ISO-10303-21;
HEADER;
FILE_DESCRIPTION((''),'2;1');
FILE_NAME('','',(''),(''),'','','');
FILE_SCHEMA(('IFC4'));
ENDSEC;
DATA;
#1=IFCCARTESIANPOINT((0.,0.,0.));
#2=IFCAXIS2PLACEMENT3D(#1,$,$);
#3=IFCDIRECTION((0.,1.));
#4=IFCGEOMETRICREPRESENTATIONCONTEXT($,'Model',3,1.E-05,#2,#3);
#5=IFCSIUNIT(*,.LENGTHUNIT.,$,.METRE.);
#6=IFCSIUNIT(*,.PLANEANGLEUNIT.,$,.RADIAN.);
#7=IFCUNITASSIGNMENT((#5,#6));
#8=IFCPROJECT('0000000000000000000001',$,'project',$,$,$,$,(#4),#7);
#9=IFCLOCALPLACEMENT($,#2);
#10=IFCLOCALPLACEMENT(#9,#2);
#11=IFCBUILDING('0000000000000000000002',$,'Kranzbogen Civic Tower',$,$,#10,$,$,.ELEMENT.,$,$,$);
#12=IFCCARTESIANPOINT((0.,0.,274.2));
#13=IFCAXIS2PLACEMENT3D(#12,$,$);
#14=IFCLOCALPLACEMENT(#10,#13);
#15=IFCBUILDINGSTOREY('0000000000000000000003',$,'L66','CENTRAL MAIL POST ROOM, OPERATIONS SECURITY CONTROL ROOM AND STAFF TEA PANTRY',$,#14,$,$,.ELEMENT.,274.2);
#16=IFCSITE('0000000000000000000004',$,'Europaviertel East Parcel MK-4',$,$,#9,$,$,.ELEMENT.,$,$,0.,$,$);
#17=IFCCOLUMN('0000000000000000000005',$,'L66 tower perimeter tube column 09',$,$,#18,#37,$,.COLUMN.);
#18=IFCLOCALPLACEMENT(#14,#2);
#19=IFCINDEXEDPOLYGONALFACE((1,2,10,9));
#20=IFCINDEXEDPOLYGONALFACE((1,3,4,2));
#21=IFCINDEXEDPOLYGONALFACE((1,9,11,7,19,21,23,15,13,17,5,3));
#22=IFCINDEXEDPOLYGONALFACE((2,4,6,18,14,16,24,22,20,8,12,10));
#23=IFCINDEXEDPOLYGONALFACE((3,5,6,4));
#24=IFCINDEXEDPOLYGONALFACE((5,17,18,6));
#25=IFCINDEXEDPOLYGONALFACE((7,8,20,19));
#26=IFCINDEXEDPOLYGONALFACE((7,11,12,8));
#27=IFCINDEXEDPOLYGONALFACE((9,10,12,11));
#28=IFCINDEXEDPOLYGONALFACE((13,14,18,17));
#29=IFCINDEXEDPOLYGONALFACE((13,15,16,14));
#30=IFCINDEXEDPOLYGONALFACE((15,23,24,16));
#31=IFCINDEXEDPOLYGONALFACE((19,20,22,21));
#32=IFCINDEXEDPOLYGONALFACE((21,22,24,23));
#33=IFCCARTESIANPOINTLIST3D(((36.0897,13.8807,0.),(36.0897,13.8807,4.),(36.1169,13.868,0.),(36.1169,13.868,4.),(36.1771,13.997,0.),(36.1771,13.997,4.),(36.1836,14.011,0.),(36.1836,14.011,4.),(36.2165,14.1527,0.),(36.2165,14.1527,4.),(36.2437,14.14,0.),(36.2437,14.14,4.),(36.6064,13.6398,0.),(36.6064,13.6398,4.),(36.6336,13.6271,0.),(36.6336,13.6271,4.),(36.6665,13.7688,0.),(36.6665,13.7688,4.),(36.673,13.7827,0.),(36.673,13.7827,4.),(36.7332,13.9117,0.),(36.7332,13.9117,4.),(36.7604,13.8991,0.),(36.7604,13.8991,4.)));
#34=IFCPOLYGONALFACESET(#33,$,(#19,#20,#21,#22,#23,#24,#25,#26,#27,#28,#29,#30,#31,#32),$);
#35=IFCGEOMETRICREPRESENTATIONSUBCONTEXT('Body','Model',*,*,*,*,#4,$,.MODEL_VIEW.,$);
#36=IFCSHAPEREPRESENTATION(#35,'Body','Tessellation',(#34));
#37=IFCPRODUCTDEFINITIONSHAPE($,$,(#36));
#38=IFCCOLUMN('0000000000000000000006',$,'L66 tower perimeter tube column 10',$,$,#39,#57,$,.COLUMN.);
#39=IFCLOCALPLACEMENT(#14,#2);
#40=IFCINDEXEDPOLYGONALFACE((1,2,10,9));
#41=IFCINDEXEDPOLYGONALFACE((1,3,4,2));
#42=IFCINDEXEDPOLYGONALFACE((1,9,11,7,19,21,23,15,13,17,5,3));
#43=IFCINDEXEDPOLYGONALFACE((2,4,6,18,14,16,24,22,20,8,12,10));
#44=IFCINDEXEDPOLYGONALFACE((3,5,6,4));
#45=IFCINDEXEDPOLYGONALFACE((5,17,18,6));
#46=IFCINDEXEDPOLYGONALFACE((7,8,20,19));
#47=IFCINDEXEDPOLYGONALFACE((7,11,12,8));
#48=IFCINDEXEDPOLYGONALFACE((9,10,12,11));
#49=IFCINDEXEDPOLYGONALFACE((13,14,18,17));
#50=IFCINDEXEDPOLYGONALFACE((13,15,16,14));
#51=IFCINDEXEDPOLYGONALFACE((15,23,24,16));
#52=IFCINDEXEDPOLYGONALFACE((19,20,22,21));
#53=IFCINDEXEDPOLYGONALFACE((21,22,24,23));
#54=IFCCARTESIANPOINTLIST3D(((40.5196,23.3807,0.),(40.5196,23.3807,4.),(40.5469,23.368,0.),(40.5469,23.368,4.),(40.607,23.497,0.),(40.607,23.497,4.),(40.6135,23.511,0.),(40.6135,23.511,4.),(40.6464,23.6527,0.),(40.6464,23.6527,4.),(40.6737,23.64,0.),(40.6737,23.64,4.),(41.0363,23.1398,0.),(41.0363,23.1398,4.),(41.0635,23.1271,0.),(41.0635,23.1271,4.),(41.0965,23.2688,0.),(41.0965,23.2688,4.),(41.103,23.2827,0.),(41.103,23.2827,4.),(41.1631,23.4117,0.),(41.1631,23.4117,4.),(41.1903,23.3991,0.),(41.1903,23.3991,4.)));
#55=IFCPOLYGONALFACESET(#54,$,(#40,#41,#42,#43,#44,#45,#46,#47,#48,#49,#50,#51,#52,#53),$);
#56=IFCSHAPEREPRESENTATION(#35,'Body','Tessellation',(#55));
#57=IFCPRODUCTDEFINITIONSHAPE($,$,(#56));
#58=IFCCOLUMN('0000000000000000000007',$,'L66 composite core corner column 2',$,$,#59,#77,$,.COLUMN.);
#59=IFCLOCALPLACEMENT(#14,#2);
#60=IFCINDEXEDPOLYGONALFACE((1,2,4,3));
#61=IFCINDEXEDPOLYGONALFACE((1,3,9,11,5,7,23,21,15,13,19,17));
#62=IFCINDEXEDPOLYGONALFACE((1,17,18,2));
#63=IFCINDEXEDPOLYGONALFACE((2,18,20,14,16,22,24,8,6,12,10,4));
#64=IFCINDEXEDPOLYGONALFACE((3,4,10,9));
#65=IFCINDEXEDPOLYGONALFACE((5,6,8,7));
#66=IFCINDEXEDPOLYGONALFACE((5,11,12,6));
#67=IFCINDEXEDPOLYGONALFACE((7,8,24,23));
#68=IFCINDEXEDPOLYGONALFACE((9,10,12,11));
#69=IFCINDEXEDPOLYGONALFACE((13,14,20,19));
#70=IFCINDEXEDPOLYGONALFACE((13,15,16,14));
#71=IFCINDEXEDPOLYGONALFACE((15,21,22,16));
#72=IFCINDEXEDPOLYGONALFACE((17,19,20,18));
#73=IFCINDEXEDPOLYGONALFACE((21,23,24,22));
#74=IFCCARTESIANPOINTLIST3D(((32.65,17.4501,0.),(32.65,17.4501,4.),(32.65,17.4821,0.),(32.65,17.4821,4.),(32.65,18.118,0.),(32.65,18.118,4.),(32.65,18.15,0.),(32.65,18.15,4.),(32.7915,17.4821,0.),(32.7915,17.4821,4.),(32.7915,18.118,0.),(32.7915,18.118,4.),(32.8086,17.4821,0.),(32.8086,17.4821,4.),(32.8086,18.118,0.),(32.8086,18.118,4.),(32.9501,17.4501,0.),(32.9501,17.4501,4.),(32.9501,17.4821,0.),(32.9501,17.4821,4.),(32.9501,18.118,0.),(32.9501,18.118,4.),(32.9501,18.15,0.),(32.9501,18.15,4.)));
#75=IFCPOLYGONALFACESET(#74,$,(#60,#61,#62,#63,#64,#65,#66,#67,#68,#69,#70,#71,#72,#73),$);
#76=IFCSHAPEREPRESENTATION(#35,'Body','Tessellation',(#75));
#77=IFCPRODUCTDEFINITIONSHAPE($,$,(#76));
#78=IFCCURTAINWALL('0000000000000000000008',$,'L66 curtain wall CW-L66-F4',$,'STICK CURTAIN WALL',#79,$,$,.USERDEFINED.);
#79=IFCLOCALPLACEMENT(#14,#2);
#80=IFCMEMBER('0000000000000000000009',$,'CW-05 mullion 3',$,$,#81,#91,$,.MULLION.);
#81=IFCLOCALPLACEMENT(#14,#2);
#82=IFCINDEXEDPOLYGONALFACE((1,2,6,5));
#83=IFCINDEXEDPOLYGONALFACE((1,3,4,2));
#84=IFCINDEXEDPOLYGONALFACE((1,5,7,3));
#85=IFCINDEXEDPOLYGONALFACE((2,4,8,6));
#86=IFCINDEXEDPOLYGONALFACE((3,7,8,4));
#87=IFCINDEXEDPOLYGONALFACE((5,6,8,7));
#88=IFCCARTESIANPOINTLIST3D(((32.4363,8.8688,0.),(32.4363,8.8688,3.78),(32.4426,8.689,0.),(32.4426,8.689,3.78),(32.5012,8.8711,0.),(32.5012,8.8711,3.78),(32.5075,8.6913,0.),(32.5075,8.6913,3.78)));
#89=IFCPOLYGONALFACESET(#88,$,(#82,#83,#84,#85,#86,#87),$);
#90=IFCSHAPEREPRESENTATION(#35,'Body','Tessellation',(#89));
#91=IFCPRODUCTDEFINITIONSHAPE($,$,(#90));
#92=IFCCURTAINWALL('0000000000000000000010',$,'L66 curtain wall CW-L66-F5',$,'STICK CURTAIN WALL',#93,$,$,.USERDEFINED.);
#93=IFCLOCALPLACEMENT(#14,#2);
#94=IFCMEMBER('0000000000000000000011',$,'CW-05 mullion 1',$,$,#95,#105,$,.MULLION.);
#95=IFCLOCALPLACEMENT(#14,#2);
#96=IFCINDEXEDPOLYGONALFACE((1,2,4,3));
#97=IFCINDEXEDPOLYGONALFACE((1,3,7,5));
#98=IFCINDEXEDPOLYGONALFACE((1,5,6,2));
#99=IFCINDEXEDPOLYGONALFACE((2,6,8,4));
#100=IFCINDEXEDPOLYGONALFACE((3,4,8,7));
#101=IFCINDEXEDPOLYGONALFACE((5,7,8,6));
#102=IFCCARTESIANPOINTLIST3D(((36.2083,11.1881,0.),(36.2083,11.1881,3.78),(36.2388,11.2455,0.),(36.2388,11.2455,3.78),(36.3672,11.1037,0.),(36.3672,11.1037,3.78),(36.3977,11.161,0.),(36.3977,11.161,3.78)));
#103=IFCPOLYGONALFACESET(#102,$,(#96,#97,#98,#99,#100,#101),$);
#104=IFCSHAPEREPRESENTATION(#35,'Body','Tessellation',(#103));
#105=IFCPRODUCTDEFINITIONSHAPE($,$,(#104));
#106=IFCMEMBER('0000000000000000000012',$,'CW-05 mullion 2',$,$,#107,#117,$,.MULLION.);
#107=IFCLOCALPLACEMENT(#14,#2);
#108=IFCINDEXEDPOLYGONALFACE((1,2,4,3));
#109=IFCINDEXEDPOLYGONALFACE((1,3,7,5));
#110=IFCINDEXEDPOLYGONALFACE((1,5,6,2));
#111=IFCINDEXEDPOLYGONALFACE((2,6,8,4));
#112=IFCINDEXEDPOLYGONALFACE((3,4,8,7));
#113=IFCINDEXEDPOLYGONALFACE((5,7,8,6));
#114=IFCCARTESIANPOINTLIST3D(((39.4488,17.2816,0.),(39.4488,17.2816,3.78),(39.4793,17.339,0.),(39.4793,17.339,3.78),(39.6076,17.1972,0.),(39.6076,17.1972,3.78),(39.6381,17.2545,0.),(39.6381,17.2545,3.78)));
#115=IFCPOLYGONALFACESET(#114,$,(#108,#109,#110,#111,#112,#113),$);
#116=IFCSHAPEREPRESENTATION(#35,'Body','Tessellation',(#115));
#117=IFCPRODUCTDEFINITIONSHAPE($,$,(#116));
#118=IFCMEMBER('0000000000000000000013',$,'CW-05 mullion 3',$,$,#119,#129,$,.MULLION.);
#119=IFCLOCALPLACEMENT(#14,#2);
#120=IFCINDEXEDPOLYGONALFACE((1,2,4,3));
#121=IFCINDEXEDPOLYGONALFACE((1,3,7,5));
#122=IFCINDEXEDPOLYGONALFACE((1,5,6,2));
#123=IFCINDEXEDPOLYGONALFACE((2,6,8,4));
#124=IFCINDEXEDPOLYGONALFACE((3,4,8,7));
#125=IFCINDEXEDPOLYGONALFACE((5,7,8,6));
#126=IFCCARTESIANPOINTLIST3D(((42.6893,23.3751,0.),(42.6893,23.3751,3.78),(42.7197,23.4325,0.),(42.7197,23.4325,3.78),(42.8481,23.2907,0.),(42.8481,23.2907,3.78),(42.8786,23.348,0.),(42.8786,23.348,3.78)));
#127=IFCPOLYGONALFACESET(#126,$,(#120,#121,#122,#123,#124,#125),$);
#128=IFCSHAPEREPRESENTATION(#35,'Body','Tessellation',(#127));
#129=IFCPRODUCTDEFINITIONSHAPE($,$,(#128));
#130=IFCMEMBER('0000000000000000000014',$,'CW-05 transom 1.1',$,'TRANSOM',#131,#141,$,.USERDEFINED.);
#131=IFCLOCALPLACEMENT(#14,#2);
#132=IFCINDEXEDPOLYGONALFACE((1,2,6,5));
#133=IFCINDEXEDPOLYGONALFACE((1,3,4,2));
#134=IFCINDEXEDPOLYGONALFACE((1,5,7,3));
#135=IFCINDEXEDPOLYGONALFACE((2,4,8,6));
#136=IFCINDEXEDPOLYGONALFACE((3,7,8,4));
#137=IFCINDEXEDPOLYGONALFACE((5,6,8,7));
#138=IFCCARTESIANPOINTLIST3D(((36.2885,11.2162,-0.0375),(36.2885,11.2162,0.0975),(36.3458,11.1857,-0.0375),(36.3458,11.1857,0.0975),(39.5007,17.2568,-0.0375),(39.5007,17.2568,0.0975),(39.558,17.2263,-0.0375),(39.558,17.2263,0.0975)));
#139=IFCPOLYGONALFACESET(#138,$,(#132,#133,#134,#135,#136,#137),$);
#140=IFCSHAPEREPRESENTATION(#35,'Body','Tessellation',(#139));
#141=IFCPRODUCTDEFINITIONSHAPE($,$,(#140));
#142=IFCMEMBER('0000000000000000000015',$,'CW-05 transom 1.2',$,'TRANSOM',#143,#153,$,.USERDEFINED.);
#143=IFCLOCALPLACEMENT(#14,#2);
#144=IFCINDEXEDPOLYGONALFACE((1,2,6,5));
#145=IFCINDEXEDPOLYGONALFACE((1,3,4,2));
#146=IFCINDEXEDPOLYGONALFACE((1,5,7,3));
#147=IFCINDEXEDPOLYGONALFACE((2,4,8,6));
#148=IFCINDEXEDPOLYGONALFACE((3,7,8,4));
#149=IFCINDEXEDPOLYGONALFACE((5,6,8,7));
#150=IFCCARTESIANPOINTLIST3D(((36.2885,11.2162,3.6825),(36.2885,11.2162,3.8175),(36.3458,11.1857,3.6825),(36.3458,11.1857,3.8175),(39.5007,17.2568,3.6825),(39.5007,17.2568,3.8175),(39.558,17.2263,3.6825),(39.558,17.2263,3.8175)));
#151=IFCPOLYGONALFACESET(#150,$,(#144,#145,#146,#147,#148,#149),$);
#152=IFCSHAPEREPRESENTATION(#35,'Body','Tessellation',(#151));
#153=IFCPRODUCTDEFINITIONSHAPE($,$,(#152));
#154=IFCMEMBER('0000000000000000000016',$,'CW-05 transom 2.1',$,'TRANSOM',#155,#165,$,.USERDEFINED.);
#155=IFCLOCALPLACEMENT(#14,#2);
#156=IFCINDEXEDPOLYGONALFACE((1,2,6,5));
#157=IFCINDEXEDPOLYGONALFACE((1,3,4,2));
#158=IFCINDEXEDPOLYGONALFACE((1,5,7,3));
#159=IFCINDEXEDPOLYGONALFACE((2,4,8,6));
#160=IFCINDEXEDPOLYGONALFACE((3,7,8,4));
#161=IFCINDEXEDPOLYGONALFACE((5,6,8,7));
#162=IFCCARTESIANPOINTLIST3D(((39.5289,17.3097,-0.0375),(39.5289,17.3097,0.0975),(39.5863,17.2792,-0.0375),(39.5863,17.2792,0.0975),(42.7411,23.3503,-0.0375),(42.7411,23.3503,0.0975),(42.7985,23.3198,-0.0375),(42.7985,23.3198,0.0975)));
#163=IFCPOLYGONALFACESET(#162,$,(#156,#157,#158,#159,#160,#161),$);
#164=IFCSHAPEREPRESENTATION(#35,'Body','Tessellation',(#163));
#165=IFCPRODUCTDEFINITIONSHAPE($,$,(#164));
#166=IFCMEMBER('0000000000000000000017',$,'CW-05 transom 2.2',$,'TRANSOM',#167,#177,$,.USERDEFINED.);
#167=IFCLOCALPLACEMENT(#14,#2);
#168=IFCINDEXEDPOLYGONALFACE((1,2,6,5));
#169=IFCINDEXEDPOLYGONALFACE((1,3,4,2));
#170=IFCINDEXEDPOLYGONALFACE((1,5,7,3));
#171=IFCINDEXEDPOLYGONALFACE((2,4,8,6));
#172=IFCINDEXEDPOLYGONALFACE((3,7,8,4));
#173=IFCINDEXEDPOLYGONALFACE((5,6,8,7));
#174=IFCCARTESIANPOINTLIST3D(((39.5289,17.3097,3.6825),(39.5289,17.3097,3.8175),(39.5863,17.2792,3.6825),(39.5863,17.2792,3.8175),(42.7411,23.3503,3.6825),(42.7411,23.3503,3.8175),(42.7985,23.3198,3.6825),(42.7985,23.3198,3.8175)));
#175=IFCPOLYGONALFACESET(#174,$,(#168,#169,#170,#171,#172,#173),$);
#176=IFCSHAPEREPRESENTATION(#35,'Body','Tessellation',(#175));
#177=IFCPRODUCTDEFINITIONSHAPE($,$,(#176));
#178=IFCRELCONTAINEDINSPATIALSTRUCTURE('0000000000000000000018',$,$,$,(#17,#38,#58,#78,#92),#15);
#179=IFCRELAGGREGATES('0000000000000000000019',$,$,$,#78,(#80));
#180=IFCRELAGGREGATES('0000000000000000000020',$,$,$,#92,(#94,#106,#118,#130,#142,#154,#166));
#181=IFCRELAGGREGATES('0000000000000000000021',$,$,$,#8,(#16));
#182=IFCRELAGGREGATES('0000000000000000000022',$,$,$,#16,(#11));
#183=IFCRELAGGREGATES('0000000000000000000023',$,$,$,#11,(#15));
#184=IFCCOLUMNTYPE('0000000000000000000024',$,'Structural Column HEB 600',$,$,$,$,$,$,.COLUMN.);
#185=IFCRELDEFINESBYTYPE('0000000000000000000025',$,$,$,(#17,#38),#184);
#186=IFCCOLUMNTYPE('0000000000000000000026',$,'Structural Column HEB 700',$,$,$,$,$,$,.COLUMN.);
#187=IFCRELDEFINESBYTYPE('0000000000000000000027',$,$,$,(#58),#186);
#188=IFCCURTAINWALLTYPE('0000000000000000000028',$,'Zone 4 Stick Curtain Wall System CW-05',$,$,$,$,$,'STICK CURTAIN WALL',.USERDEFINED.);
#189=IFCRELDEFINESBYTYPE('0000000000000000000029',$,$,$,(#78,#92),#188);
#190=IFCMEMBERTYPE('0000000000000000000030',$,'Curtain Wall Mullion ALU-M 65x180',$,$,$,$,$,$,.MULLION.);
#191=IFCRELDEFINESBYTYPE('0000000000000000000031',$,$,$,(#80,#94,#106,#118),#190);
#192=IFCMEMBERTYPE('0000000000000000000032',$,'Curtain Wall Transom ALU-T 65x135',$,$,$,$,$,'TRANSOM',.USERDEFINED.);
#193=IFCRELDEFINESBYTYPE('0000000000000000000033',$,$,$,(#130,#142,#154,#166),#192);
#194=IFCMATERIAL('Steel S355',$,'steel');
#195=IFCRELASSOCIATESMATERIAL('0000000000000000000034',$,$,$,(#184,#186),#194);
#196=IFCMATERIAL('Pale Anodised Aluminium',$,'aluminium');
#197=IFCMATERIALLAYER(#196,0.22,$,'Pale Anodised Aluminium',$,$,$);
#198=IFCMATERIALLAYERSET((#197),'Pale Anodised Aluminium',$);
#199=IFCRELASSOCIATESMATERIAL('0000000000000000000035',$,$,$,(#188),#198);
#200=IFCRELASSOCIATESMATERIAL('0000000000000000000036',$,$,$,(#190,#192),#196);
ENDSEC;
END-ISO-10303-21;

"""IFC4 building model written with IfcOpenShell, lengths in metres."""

from ifc_helpers import new_model, si_unit, direction, frame, origin, origin_2d, place, context, subcontext, project, spatial, rectangle, i_section, extrude, material, layer, layer_set, material_profile, profile_set, type_object, element, aggregate, save


model = new_model("IFC4")

# Units and contexts
model_context = context("Model", 3, precision=1e-05, world=origin(), true_north=direction((0.0, 1.0)))
body_context = subcontext(model_context, "Body", "Model", "MODEL_VIEW")
ifc_project = project(units=[si_unit("LENGTHUNIT", "METRE"), si_unit("PLANEANGLEUNIT", "RADIAN")], contexts=[model_context])

# Site, building, storey
site_placement = place(None, origin())
site = spatial("IfcSite", under=ifc_project, at=site_placement, Name="Europaviertel East Parcel MK-4", CompositionType="ELEMENT", RefElevation=0.0)
building_placement = place(site_placement, origin())
building = spatial("IfcBuilding", under=site, at=building_placement, Name="Kranzbogen Civic Tower", CompositionType="ELEMENT")
storey_placement = place(building_placement, frame((0.0, 0.0, 274.2)))
storey = spatial("IfcBuildingStorey", under=building, at=storey_placement, Name="L66", Description="CENTRAL MAIL POST ROOM, OPERATIONS SECURITY CONTROL ROOM AND STAFF TEA PANTRY", CompositionType="ELEMENT", Elevation=274.2)

# Columns
ifc_material_1 = material(Name="Steel S355", Category="steel")
ifc_material_profile_1 = material_profile(ifc_material_1, i_section(OverallWidth=0.3, OverallDepth=0.6001, WebThickness=0.0154, FlangeThickness=0.03, at=origin_2d()), Name="HEB 600")
ifc_profile_set_1 = profile_set([ifc_material_profile_1], Name="Steel S355")
column_type_1 = type_object("IfcColumnType", Name="Structural Column HEB 600", PredefinedType="COLUMN", material=ifc_profile_set_1)
for number, where, z_axis, x_axis, name in (
    (1, (36.425, 13.8899, 0.0), (0.0, 0.0, 1.0), (0.422618, 0.906308, 0.0), "L66 tower perimeter tube column 09"),
    (2, (40.855, 23.3899, 0.0), (0.0, 0.0, 1.0), (0.422618, 0.906308, 0.0), "L66 tower perimeter tube column 10"),
):
    element("IfcColumn", number, at=place(storey_placement, frame(where, z_axis=z_axis, x_axis=x_axis)), inside=storey, type_object=column_type_1, Name=name, PredefinedType="COLUMN", context=body_context, shape_type="SweptSolid", body=[
        extrude(i_section(OverallWidth=0.3, OverallDepth=0.6001, WebThickness=0.0154, FlangeThickness=0.03, at=origin_2d()), origin(), (0.0, 0.0, 1.0), 4.0),
    ])
ifc_material_profile_2 = material_profile(ifc_material_1, i_section(OverallWidth=0.3, OverallDepth=0.7, WebThickness=0.0171, FlangeThickness=0.032, at=origin_2d()), Name="HEB 700")
ifc_profile_set_2 = profile_set([ifc_material_profile_2], Name="Steel S355")
column_type_2 = type_object("IfcColumnType", Name="Structural Column HEB 700", PredefinedType="COLUMN", material=ifc_profile_set_2)
column_placement = place(storey_placement, frame((32.8, 17.8, 0.0), z_axis=(0.0, 0.0, 1.0), x_axis=(1.0, 0.0, 0.0)))
element("IfcColumn", 3, at=column_placement, inside=storey, type_object=column_type_2, Name="L66 composite core corner column 2", PredefinedType="COLUMN", context=body_context, shape_type="SweptSolid", body=[
    extrude(i_section(OverallWidth=0.3, OverallDepth=0.7, WebThickness=0.0171, FlangeThickness=0.032, at=origin_2d()), origin(), (0.0, 0.0, 1.0), 4.0),
])

# Curtain wall, member
ifc_material_2 = material(Name="Pale Anodised Aluminium", Category="aluminium")
ifc_layer_1 = layer(ifc_material_2, 0.22, Name="Pale Anodised Aluminium")
ifc_layer_set_1 = layer_set([ifc_layer_1], Name="Pale Anodised Aluminium")
curtain_wall_type = type_object("IfcCurtainWallType", Name="Zone 4 Stick Curtain Wall System CW-05", ElementType="STICK CURTAIN WALL", PredefinedType="USERDEFINED", material=ifc_layer_set_1)
curtain_wall_1_placement = place(storey_placement, origin())
curtain_wall_1 = element("IfcCurtainWall", 4, at=curtain_wall_1_placement, inside=storey, type_object=curtain_wall_type, Name="L66 curtain wall CW-L66-F4", ObjectType="STICK CURTAIN WALL", PredefinedType="USERDEFINED")
ifc_material_profile_3 = material_profile(ifc_material_2, rectangle(XDim=0.0649, YDim=0.1799, at=origin_2d()), Name="ALU-M 65x180")
ifc_profile_set_3 = profile_set([ifc_material_profile_3], Name="Pale Anodised Aluminium")
member_type_1 = type_object("IfcMemberType", Name="Curtain Wall Mullion ALU-M 65x180", PredefinedType="MULLION", material=ifc_profile_set_3)
member_1_placement = place(storey_placement, frame((32.4719, 8.78, 0.0), z_axis=(0.0, 0.0, 1.0), x_axis=(0.99939, 0.034914, 0.0)))
member_1 = element("IfcMember", 5, at=member_1_placement, type_object=member_type_1, Name="CW-05 mullion 3", PredefinedType="MULLION", context=body_context, shape_type="SweptSolid", body=[
    extrude(rectangle(XDim=0.0649, YDim=0.1799, at=origin_2d()), origin(), (0.0, 0.0, 1.0), 3.78),
])
aggregate(curtain_wall_1, [member_1])

# Curtain wall, members
curtain_wall_2_placement = place(storey_placement, origin())
curtain_wall_2 = element("IfcCurtainWall", 6, at=curtain_wall_2_placement, inside=storey, type_object=curtain_wall_type, Name="L66 curtain wall CW-L66-F5", ObjectType="STICK CURTAIN WALL", PredefinedType="USERDEFINED")
member_2_placement = place(storey_placement, frame((36.303, 11.1746, 0.0), z_axis=(0.0, 0.0, 1.0), x_axis=(0.469521, 0.882921, 0.0)))
member_2 = element("IfcMember", 7, at=member_2_placement, type_object=member_type_1, Name="CW-05 mullion 1", PredefinedType="MULLION", context=body_context, shape_type="SweptSolid", body=[
    extrude(rectangle(XDim=0.0649, YDim=0.1799, at=origin_2d()), origin(), (0.0, 0.0, 1.0), 3.78),
])
member_3_placement = place(storey_placement, frame((39.5435, 17.2681, 0.0), z_axis=(0.0, 0.0, 1.0), x_axis=(0.469521, 0.882921, 0.0)))
member_3 = element("IfcMember", 8, at=member_3_placement, type_object=member_type_1, Name="CW-05 mullion 2", PredefinedType="MULLION", context=body_context, shape_type="SweptSolid", body=[
    extrude(rectangle(XDim=0.0649, YDim=0.1799, at=origin_2d()), origin(), (0.0, 0.0, 1.0), 3.78),
])
member_4_placement = place(storey_placement, frame((42.7839, 23.3616, 0.0), z_axis=(0.0, 0.0, 1.0), x_axis=(0.469521, 0.882921, 0.0)))
member_4 = element("IfcMember", 9, at=member_4_placement, type_object=member_type_1, Name="CW-05 mullion 3", PredefinedType="MULLION", context=body_context, shape_type="SweptSolid", body=[
    extrude(rectangle(XDim=0.0649, YDim=0.1799, at=origin_2d()), origin(), (0.0, 0.0, 1.0), 3.78),
])
ifc_material_profile_4 = material_profile(ifc_material_2, rectangle(XDim=0.0649, YDim=0.135, at=origin_2d()), Name="ALU-T 65x135")
ifc_profile_set_4 = profile_set([ifc_material_profile_4], Name="Pale Anodised Aluminium")
member_type_2 = type_object("IfcMemberType", Name="Curtain Wall Transom ALU-T 65x135", ElementType="TRANSOM", PredefinedType="USERDEFINED", material=ifc_profile_set_4)
member_5_placement = place(storey_placement, frame((36.3171, 11.2009, 0.03), z_axis=(0.469512, 0.882926, 0.0), x_axis=(-0.882926, 0.469512, 0.0)))
member_5 = element("IfcMember", 10, at=member_5_placement, type_object=member_type_2, Name="CW-05 transom 1.1", ObjectType="TRANSOM", PredefinedType="USERDEFINED", context=body_context, shape_type="SweptSolid", body=[
    extrude(rectangle(XDim=0.0649, YDim=0.135, at=origin_2d()), origin(), (0.0, 0.0, 1.0), 6.8416),
])
member_6_placement = place(storey_placement, frame((36.3171, 11.2009, 3.75), z_axis=(0.469512, 0.882926, 0.0), x_axis=(-0.882926, 0.469512, 0.0)))
member_6 = element("IfcMember", 11, at=member_6_placement, type_object=member_type_2, Name="CW-05 transom 1.2", ObjectType="TRANSOM", PredefinedType="USERDEFINED", context=body_context, shape_type="SweptSolid", body=[
    extrude(rectangle(XDim=0.0649, YDim=0.135, at=origin_2d()), origin(), (0.0, 0.0, 1.0), 6.8416),
])
member_7_placement = place(storey_placement, frame((39.5576, 17.2944, 0.03), z_axis=(0.469512, 0.882926, 0.0), x_axis=(-0.882926, 0.469512, 0.0)))
member_7 = element("IfcMember", 12, at=member_7_placement, type_object=member_type_2, Name="CW-05 transom 2.1", ObjectType="TRANSOM", PredefinedType="USERDEFINED", context=body_context, shape_type="SweptSolid", body=[
    extrude(rectangle(XDim=0.0649, YDim=0.135, at=origin_2d()), origin(), (0.0, 0.0, 1.0), 6.8416),
])
member_8_placement = place(storey_placement, frame((39.5576, 17.2944, 3.75), z_axis=(0.469512, 0.882926, 0.0), x_axis=(-0.882926, 0.469512, 0.0)))
member_8 = element("IfcMember", 13, at=member_8_placement, type_object=member_type_2, Name="CW-05 transom 2.2", ObjectType="TRANSOM", PredefinedType="USERDEFINED", context=body_context, shape_type="SweptSolid", body=[
    extrude(rectangle(XDim=0.0649, YDim=0.135, at=origin_2d()), origin(), (0.0, 0.0, 1.0), 6.8416),
])

aggregate(curtain_wall_2, [member_2, member_3, member_4, member_5, member_6, member_7, member_8])

save(model, "model.ifc")
